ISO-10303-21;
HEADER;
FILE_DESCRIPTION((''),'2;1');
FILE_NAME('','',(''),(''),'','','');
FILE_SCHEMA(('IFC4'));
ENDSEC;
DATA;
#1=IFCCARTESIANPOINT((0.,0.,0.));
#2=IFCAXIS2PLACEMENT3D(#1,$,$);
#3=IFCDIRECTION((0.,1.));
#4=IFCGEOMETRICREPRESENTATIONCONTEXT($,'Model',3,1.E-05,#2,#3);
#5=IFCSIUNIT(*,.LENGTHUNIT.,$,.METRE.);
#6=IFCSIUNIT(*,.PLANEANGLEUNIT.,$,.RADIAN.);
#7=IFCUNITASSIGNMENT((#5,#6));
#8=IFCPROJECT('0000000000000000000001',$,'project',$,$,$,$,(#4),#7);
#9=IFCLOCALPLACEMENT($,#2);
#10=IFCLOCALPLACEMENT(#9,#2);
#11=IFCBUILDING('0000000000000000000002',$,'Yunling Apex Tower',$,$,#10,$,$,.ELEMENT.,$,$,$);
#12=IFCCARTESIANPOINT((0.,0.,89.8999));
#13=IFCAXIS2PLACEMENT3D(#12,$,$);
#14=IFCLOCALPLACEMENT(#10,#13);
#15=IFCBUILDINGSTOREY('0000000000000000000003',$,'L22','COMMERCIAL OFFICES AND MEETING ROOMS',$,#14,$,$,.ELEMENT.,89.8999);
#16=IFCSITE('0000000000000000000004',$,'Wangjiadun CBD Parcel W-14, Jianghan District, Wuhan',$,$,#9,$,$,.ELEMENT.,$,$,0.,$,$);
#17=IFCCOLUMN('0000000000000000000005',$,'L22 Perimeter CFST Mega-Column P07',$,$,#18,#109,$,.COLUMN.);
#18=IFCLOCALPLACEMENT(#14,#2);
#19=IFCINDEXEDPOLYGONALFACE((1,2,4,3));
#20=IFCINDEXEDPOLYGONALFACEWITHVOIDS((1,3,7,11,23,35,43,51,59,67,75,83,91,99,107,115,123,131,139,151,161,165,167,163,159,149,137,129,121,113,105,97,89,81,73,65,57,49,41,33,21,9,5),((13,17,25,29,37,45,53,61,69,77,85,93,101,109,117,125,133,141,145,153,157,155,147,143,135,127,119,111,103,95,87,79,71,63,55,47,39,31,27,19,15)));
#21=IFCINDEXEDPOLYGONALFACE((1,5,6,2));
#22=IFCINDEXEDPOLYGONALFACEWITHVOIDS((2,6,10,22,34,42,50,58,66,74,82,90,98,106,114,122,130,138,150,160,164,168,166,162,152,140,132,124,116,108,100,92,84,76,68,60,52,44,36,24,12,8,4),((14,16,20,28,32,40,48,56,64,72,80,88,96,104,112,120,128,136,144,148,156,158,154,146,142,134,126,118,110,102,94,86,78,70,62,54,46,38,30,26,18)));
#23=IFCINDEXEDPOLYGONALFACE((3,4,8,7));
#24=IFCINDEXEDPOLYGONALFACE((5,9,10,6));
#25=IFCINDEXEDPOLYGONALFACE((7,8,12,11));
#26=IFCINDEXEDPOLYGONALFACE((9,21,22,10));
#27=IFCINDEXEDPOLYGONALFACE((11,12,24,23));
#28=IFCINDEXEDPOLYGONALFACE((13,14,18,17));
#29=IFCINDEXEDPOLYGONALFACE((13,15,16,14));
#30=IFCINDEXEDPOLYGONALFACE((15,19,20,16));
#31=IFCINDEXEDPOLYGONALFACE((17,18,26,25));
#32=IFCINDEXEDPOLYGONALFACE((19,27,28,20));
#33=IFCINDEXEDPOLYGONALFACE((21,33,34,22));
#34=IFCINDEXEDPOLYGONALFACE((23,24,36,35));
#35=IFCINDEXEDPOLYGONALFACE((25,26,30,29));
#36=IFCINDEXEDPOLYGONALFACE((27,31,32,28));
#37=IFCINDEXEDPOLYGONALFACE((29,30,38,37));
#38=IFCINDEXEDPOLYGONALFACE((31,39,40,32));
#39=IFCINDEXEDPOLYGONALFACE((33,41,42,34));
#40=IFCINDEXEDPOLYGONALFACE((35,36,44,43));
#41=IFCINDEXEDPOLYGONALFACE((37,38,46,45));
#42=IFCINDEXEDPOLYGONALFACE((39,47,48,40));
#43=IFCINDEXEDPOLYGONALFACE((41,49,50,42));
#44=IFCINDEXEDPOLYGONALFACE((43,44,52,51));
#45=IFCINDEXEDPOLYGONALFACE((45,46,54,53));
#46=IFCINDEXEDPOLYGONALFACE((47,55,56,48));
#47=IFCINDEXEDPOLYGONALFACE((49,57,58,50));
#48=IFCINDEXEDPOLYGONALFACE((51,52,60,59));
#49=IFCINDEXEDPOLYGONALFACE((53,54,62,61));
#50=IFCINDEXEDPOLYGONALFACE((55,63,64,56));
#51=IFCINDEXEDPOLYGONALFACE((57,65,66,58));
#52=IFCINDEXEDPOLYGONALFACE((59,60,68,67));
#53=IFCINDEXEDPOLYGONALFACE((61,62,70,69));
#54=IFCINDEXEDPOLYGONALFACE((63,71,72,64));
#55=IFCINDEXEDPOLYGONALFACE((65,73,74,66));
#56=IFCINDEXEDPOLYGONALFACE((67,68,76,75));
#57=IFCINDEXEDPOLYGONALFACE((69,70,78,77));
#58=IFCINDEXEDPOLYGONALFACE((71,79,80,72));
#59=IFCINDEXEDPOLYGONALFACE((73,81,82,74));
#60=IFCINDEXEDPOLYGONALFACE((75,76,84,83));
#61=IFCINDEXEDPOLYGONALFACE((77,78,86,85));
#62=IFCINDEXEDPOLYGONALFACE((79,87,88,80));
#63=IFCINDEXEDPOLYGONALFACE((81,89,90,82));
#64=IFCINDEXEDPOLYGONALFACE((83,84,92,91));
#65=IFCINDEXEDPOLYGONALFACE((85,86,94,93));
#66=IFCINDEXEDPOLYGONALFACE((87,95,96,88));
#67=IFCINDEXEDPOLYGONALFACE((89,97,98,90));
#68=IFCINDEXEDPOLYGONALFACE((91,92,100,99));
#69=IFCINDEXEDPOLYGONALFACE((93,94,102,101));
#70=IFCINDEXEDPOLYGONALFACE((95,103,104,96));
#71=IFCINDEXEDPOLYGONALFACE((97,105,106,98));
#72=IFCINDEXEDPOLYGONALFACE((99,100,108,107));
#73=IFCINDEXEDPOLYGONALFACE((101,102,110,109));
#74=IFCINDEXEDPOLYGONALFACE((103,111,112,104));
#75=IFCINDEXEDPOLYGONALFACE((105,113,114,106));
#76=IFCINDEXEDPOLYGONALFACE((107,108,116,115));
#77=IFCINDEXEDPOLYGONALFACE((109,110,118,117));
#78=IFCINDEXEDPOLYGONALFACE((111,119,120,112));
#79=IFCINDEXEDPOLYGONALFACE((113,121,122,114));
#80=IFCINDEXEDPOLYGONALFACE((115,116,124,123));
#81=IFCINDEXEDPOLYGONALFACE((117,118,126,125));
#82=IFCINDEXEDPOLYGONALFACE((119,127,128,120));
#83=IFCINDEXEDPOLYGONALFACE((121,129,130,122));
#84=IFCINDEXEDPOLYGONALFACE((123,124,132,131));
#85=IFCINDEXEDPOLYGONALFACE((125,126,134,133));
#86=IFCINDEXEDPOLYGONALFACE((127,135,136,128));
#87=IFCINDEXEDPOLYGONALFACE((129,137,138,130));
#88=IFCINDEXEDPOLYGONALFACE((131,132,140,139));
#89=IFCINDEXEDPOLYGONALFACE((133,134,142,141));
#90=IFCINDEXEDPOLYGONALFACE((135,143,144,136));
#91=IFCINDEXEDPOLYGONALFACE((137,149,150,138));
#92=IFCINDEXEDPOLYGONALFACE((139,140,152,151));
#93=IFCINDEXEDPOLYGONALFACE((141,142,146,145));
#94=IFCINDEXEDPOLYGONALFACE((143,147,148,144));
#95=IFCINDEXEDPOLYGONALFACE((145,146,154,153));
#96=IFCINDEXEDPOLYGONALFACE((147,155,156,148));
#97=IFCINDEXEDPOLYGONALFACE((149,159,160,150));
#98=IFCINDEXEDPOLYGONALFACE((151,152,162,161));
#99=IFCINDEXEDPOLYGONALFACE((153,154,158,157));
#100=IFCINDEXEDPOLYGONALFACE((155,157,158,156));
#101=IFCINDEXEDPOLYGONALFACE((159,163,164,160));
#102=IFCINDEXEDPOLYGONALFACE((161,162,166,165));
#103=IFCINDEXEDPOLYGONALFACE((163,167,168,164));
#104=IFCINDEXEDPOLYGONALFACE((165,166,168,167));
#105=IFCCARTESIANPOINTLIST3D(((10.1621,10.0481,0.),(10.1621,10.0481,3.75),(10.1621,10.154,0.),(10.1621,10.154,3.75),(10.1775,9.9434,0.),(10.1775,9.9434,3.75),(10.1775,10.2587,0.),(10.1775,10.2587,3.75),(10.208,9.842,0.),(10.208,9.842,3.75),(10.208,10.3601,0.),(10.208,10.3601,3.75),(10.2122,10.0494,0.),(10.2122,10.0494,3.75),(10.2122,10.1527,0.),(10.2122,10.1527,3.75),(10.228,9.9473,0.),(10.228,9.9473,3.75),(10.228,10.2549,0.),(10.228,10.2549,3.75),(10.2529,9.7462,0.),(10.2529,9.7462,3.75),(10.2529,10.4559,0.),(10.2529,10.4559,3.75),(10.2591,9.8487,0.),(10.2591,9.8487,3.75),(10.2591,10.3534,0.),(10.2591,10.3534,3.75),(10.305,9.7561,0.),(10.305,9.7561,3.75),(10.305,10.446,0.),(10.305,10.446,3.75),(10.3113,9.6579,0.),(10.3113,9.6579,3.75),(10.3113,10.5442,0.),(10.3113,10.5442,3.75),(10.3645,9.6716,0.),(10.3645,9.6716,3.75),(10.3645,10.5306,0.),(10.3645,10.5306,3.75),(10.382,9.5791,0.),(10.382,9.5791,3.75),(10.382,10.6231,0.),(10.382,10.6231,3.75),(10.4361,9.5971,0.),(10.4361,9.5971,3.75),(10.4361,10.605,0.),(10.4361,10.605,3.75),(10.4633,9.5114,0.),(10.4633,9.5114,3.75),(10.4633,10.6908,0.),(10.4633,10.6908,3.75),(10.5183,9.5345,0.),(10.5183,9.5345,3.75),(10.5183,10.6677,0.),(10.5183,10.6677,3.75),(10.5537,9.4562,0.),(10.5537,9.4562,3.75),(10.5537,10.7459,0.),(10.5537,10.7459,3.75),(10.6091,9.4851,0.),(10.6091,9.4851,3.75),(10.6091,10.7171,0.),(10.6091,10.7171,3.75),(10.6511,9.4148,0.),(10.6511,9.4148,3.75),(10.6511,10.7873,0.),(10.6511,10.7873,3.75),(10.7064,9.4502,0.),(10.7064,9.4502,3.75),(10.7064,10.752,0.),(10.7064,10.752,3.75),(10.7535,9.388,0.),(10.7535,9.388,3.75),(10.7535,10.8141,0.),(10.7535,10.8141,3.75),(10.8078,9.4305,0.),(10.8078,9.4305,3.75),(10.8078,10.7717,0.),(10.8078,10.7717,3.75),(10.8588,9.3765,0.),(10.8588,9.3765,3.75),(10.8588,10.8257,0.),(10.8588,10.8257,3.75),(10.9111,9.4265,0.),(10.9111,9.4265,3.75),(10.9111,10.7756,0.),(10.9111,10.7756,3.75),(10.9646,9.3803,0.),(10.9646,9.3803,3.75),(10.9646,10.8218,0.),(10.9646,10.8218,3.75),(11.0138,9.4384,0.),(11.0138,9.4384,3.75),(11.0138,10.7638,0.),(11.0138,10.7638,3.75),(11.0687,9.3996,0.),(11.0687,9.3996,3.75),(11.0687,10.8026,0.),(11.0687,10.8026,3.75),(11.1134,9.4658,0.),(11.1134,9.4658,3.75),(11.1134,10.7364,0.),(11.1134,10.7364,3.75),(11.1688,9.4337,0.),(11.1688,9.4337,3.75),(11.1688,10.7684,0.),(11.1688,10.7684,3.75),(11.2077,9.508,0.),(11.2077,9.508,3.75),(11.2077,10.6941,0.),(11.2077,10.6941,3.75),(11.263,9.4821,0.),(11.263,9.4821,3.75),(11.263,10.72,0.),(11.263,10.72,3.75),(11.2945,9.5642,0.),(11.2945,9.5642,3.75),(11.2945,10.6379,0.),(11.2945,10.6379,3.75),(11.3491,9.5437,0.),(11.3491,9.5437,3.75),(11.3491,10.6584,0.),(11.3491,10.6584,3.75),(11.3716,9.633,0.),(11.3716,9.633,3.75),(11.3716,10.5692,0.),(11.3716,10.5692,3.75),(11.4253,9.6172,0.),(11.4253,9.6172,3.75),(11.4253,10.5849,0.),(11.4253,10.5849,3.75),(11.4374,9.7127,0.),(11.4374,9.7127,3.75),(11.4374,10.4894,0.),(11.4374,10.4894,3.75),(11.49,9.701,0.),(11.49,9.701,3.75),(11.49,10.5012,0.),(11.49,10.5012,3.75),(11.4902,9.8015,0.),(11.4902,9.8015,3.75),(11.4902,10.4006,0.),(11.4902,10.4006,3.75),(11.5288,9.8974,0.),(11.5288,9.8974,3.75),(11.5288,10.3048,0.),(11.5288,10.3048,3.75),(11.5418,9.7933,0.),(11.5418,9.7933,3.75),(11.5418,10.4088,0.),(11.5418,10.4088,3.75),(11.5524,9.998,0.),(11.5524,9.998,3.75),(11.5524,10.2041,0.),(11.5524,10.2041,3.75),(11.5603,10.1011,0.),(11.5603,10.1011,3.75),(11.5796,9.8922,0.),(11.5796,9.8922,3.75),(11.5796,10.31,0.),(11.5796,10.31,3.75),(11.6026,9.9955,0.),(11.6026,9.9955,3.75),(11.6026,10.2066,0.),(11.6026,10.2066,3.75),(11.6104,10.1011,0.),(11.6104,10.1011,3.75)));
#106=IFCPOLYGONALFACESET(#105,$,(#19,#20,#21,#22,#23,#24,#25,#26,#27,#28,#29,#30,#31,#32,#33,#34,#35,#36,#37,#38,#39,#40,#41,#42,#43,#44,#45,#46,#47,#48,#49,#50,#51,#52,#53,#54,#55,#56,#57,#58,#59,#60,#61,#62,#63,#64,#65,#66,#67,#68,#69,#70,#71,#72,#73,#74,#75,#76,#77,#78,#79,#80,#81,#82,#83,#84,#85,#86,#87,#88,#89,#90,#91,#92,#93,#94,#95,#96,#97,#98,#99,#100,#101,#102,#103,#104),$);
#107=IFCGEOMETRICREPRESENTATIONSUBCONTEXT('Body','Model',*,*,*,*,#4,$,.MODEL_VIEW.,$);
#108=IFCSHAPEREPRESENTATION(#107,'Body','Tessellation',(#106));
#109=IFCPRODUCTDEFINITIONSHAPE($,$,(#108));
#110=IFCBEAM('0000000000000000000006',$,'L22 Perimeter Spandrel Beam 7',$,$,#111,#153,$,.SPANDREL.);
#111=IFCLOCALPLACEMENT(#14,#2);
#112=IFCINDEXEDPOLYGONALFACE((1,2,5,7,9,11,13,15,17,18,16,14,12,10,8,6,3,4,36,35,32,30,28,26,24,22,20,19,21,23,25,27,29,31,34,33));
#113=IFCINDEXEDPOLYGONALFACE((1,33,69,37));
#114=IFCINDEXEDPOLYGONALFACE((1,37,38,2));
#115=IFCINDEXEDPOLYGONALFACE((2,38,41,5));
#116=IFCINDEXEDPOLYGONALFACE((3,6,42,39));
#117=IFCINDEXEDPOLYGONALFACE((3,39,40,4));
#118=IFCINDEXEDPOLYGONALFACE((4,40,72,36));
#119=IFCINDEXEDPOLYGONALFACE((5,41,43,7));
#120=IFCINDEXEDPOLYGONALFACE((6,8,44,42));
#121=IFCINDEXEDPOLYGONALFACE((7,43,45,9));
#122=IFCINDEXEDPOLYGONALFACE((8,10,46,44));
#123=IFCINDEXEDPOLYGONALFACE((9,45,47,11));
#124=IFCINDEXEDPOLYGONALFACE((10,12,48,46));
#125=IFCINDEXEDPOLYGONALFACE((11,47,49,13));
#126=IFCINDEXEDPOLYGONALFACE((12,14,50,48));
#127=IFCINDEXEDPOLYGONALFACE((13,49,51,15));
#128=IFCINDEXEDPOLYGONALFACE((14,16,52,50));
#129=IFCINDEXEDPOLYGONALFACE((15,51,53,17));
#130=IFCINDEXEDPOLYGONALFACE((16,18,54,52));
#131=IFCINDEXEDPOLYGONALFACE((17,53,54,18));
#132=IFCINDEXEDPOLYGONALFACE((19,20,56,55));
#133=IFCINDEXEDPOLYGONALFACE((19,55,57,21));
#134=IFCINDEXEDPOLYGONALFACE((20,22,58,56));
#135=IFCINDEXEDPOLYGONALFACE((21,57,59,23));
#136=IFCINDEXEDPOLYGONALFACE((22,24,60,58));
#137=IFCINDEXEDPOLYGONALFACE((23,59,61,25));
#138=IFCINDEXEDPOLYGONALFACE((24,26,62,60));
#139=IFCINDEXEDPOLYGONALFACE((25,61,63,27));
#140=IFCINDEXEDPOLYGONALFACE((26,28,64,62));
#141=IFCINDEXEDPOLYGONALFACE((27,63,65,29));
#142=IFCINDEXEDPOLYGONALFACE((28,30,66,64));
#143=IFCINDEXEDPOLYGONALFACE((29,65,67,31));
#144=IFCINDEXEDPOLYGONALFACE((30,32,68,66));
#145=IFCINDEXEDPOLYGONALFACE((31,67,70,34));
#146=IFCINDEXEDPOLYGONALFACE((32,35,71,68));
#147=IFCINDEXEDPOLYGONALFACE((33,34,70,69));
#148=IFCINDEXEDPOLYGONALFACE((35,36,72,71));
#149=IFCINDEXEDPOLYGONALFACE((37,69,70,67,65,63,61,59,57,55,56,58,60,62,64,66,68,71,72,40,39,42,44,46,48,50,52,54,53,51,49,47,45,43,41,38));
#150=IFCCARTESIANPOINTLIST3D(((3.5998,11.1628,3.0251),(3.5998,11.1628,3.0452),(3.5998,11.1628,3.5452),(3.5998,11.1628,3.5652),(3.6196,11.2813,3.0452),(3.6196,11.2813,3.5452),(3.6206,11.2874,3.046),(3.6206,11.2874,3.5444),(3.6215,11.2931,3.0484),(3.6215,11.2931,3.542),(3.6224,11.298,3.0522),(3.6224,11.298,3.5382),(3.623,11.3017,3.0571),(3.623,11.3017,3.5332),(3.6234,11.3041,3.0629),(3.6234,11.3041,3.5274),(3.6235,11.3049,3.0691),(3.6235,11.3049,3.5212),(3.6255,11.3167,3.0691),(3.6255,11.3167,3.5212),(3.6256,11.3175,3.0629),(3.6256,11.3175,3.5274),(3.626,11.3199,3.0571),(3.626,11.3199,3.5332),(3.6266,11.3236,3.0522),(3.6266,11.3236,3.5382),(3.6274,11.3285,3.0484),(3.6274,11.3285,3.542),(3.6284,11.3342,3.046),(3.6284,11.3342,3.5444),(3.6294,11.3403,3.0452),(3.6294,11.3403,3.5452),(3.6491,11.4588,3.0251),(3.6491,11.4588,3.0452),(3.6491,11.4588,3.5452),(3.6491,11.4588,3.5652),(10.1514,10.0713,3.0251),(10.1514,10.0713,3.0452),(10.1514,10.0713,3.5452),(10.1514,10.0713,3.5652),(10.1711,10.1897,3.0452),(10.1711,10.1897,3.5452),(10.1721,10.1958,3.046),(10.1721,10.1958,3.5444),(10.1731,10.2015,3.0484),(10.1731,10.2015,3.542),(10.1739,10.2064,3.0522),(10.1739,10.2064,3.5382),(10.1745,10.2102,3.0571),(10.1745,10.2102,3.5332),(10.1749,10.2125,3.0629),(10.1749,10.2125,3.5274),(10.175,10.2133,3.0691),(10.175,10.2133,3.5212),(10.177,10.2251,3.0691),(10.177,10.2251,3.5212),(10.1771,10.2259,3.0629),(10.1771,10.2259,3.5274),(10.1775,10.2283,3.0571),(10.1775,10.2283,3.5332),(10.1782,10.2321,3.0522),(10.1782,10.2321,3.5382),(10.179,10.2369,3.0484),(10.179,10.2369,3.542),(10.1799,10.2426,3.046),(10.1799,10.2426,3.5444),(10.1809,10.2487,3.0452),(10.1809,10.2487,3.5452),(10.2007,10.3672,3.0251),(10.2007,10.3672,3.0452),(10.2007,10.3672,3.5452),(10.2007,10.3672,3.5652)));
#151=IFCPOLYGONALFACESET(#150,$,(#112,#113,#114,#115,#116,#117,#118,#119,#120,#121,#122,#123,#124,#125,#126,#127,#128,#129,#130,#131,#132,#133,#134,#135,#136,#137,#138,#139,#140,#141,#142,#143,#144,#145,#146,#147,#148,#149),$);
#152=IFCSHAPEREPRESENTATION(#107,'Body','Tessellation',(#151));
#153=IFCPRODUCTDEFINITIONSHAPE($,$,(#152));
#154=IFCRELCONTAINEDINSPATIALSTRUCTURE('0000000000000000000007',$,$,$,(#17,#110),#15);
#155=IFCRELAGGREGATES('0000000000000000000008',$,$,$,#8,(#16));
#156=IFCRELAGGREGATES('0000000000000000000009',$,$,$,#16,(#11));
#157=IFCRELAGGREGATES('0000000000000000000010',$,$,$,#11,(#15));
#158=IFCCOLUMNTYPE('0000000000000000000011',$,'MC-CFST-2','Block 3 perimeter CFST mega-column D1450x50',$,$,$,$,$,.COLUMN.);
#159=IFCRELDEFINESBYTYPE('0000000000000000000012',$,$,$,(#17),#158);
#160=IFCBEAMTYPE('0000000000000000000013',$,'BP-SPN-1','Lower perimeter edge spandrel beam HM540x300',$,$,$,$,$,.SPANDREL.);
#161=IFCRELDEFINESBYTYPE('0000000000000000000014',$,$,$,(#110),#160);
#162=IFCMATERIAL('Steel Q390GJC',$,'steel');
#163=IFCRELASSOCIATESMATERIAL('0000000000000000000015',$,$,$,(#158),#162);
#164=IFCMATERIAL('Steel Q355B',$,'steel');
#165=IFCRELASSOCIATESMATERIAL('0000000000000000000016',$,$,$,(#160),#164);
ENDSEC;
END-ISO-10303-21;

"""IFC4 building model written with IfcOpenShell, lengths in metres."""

from ifc_helpers import new_model, si_unit, direction, frame, origin, origin_2d, place, context, subcontext, project, spatial, hollow_circle, i_section, extrude, source, transform, mapped, material, material_profile, profile_set, type_object, element, save


model = new_model("IFC4")

# Units and contexts
model_context = context("Model", 3, precision=1e-05, world=origin(), true_north=direction((0.0, 1.0)))
body_context = subcontext(model_context, "Body", "Model", "MODEL_VIEW")
ifc_project = project(units=[si_unit("LENGTHUNIT", "METRE"), si_unit("PLANEANGLEUNIT", "RADIAN")], contexts=[model_context])

# Site, building, storey
site_placement = place(None, origin())
site = spatial("IfcSite", under=ifc_project, at=site_placement, Name="Wangjiadun CBD Parcel W-14, Jianghan District, Wuhan", CompositionType="ELEMENT", RefElevation=0.0)
building_placement = place(site_placement, origin())
building = spatial("IfcBuilding", under=site, at=building_placement, Name="Yunling Apex Tower", CompositionType="ELEMENT")
storey_placement = place(building_placement, frame((0.0, 0.0, 89.8999)))
storey = spatial("IfcBuildingStorey", under=building, at=storey_placement, Name="L22", Description="COMMERCIAL OFFICES AND MEETING ROOMS", CompositionType="ELEMENT", Elevation=89.8999)

# Column
ifc_material_1 = material(Name="Steel Q390GJC", Category="steel")
ifc_material_profile_1 = material_profile(ifc_material_1, hollow_circle(Radius=0.7251, WallThickness=0.05, at=origin_2d()))
ifc_profile_set_1 = profile_set([ifc_material_profile_1], Name="Steel Q390GJC")
column_type = type_object("IfcColumnType", Name="MC-CFST-2", Description="Block 3 perimeter CFST mega-column D1450x50", PredefinedType="COLUMN", material=ifc_profile_set_1)
shared_shape_1 = source(origin(), body_context, "Body", "SweptSolid", [
    extrude(hollow_circle(Radius=0.7251, WallThickness=0.05, at=origin_2d()), origin(), (0.0, 0.0, 1.0), 3.75),
])
column_placement = place(storey_placement, frame((10.8853, 10.1011, 0.0), z_axis=(0.0, 0.0, 1.0), x_axis=(1.0, 0.0, 0.0)))
element("IfcColumn", 1, at=column_placement, inside=storey, type_object=column_type, Name="L22 Perimeter CFST Mega-Column P07", PredefinedType="COLUMN", context=body_context, shape_type="MappedRepresentation", body=[
    mapped(shared_shape_1, transform((0.0, 0.0, 0.0), scale=1.0)),
])

# Beam
ifc_material_2 = material(Name="Steel Q355B", Category="steel")
ifc_material_profile_2 = material_profile(ifc_material_2, i_section(OverallWidth=0.3, OverallDepth=0.54, WebThickness=0.012, FlangeThickness=0.02, FilletRadius=0.0239, at=origin_2d()))
ifc_profile_set_2 = profile_set([ifc_material_profile_2], Name="Steel Q355B")
beam_type_1 = type_object("IfcBeamType", Name="BP-SPN-1", Description="Lower perimeter edge spandrel beam HM540x300", PredefinedType="SPANDREL", material=ifc_profile_set_2)
shared_shape_2 = source(origin(), body_context, "Body", "SweptSolid", [
    extrude(i_section(OverallWidth=0.3, OverallDepth=0.54, WebThickness=0.012, FlangeThickness=0.02, FilletRadius=0.0239, at=origin_2d()), origin(), (0.0, 0.0, 1.0), 6.6418),
])
beam_1_placement = place(storey_placement, frame((10.176, 10.2192, 3.2952), z_axis=(-0.986403, 0.164345, 0.0), x_axis=(-0.164345, -0.986403, 0.0)))
element("IfcBeam", 2, at=beam_1_placement, inside=storey, type_object=beam_type_1, Name="L22 Perimeter Spandrel Beam 7", PredefinedType="SPANDREL", context=body_context, shape_type="MappedRepresentation", body=[
    mapped(shared_shape_2, transform((0.0, 0.0, 0.0), scale=1.0)),
])

save(model, "model.ifc")
